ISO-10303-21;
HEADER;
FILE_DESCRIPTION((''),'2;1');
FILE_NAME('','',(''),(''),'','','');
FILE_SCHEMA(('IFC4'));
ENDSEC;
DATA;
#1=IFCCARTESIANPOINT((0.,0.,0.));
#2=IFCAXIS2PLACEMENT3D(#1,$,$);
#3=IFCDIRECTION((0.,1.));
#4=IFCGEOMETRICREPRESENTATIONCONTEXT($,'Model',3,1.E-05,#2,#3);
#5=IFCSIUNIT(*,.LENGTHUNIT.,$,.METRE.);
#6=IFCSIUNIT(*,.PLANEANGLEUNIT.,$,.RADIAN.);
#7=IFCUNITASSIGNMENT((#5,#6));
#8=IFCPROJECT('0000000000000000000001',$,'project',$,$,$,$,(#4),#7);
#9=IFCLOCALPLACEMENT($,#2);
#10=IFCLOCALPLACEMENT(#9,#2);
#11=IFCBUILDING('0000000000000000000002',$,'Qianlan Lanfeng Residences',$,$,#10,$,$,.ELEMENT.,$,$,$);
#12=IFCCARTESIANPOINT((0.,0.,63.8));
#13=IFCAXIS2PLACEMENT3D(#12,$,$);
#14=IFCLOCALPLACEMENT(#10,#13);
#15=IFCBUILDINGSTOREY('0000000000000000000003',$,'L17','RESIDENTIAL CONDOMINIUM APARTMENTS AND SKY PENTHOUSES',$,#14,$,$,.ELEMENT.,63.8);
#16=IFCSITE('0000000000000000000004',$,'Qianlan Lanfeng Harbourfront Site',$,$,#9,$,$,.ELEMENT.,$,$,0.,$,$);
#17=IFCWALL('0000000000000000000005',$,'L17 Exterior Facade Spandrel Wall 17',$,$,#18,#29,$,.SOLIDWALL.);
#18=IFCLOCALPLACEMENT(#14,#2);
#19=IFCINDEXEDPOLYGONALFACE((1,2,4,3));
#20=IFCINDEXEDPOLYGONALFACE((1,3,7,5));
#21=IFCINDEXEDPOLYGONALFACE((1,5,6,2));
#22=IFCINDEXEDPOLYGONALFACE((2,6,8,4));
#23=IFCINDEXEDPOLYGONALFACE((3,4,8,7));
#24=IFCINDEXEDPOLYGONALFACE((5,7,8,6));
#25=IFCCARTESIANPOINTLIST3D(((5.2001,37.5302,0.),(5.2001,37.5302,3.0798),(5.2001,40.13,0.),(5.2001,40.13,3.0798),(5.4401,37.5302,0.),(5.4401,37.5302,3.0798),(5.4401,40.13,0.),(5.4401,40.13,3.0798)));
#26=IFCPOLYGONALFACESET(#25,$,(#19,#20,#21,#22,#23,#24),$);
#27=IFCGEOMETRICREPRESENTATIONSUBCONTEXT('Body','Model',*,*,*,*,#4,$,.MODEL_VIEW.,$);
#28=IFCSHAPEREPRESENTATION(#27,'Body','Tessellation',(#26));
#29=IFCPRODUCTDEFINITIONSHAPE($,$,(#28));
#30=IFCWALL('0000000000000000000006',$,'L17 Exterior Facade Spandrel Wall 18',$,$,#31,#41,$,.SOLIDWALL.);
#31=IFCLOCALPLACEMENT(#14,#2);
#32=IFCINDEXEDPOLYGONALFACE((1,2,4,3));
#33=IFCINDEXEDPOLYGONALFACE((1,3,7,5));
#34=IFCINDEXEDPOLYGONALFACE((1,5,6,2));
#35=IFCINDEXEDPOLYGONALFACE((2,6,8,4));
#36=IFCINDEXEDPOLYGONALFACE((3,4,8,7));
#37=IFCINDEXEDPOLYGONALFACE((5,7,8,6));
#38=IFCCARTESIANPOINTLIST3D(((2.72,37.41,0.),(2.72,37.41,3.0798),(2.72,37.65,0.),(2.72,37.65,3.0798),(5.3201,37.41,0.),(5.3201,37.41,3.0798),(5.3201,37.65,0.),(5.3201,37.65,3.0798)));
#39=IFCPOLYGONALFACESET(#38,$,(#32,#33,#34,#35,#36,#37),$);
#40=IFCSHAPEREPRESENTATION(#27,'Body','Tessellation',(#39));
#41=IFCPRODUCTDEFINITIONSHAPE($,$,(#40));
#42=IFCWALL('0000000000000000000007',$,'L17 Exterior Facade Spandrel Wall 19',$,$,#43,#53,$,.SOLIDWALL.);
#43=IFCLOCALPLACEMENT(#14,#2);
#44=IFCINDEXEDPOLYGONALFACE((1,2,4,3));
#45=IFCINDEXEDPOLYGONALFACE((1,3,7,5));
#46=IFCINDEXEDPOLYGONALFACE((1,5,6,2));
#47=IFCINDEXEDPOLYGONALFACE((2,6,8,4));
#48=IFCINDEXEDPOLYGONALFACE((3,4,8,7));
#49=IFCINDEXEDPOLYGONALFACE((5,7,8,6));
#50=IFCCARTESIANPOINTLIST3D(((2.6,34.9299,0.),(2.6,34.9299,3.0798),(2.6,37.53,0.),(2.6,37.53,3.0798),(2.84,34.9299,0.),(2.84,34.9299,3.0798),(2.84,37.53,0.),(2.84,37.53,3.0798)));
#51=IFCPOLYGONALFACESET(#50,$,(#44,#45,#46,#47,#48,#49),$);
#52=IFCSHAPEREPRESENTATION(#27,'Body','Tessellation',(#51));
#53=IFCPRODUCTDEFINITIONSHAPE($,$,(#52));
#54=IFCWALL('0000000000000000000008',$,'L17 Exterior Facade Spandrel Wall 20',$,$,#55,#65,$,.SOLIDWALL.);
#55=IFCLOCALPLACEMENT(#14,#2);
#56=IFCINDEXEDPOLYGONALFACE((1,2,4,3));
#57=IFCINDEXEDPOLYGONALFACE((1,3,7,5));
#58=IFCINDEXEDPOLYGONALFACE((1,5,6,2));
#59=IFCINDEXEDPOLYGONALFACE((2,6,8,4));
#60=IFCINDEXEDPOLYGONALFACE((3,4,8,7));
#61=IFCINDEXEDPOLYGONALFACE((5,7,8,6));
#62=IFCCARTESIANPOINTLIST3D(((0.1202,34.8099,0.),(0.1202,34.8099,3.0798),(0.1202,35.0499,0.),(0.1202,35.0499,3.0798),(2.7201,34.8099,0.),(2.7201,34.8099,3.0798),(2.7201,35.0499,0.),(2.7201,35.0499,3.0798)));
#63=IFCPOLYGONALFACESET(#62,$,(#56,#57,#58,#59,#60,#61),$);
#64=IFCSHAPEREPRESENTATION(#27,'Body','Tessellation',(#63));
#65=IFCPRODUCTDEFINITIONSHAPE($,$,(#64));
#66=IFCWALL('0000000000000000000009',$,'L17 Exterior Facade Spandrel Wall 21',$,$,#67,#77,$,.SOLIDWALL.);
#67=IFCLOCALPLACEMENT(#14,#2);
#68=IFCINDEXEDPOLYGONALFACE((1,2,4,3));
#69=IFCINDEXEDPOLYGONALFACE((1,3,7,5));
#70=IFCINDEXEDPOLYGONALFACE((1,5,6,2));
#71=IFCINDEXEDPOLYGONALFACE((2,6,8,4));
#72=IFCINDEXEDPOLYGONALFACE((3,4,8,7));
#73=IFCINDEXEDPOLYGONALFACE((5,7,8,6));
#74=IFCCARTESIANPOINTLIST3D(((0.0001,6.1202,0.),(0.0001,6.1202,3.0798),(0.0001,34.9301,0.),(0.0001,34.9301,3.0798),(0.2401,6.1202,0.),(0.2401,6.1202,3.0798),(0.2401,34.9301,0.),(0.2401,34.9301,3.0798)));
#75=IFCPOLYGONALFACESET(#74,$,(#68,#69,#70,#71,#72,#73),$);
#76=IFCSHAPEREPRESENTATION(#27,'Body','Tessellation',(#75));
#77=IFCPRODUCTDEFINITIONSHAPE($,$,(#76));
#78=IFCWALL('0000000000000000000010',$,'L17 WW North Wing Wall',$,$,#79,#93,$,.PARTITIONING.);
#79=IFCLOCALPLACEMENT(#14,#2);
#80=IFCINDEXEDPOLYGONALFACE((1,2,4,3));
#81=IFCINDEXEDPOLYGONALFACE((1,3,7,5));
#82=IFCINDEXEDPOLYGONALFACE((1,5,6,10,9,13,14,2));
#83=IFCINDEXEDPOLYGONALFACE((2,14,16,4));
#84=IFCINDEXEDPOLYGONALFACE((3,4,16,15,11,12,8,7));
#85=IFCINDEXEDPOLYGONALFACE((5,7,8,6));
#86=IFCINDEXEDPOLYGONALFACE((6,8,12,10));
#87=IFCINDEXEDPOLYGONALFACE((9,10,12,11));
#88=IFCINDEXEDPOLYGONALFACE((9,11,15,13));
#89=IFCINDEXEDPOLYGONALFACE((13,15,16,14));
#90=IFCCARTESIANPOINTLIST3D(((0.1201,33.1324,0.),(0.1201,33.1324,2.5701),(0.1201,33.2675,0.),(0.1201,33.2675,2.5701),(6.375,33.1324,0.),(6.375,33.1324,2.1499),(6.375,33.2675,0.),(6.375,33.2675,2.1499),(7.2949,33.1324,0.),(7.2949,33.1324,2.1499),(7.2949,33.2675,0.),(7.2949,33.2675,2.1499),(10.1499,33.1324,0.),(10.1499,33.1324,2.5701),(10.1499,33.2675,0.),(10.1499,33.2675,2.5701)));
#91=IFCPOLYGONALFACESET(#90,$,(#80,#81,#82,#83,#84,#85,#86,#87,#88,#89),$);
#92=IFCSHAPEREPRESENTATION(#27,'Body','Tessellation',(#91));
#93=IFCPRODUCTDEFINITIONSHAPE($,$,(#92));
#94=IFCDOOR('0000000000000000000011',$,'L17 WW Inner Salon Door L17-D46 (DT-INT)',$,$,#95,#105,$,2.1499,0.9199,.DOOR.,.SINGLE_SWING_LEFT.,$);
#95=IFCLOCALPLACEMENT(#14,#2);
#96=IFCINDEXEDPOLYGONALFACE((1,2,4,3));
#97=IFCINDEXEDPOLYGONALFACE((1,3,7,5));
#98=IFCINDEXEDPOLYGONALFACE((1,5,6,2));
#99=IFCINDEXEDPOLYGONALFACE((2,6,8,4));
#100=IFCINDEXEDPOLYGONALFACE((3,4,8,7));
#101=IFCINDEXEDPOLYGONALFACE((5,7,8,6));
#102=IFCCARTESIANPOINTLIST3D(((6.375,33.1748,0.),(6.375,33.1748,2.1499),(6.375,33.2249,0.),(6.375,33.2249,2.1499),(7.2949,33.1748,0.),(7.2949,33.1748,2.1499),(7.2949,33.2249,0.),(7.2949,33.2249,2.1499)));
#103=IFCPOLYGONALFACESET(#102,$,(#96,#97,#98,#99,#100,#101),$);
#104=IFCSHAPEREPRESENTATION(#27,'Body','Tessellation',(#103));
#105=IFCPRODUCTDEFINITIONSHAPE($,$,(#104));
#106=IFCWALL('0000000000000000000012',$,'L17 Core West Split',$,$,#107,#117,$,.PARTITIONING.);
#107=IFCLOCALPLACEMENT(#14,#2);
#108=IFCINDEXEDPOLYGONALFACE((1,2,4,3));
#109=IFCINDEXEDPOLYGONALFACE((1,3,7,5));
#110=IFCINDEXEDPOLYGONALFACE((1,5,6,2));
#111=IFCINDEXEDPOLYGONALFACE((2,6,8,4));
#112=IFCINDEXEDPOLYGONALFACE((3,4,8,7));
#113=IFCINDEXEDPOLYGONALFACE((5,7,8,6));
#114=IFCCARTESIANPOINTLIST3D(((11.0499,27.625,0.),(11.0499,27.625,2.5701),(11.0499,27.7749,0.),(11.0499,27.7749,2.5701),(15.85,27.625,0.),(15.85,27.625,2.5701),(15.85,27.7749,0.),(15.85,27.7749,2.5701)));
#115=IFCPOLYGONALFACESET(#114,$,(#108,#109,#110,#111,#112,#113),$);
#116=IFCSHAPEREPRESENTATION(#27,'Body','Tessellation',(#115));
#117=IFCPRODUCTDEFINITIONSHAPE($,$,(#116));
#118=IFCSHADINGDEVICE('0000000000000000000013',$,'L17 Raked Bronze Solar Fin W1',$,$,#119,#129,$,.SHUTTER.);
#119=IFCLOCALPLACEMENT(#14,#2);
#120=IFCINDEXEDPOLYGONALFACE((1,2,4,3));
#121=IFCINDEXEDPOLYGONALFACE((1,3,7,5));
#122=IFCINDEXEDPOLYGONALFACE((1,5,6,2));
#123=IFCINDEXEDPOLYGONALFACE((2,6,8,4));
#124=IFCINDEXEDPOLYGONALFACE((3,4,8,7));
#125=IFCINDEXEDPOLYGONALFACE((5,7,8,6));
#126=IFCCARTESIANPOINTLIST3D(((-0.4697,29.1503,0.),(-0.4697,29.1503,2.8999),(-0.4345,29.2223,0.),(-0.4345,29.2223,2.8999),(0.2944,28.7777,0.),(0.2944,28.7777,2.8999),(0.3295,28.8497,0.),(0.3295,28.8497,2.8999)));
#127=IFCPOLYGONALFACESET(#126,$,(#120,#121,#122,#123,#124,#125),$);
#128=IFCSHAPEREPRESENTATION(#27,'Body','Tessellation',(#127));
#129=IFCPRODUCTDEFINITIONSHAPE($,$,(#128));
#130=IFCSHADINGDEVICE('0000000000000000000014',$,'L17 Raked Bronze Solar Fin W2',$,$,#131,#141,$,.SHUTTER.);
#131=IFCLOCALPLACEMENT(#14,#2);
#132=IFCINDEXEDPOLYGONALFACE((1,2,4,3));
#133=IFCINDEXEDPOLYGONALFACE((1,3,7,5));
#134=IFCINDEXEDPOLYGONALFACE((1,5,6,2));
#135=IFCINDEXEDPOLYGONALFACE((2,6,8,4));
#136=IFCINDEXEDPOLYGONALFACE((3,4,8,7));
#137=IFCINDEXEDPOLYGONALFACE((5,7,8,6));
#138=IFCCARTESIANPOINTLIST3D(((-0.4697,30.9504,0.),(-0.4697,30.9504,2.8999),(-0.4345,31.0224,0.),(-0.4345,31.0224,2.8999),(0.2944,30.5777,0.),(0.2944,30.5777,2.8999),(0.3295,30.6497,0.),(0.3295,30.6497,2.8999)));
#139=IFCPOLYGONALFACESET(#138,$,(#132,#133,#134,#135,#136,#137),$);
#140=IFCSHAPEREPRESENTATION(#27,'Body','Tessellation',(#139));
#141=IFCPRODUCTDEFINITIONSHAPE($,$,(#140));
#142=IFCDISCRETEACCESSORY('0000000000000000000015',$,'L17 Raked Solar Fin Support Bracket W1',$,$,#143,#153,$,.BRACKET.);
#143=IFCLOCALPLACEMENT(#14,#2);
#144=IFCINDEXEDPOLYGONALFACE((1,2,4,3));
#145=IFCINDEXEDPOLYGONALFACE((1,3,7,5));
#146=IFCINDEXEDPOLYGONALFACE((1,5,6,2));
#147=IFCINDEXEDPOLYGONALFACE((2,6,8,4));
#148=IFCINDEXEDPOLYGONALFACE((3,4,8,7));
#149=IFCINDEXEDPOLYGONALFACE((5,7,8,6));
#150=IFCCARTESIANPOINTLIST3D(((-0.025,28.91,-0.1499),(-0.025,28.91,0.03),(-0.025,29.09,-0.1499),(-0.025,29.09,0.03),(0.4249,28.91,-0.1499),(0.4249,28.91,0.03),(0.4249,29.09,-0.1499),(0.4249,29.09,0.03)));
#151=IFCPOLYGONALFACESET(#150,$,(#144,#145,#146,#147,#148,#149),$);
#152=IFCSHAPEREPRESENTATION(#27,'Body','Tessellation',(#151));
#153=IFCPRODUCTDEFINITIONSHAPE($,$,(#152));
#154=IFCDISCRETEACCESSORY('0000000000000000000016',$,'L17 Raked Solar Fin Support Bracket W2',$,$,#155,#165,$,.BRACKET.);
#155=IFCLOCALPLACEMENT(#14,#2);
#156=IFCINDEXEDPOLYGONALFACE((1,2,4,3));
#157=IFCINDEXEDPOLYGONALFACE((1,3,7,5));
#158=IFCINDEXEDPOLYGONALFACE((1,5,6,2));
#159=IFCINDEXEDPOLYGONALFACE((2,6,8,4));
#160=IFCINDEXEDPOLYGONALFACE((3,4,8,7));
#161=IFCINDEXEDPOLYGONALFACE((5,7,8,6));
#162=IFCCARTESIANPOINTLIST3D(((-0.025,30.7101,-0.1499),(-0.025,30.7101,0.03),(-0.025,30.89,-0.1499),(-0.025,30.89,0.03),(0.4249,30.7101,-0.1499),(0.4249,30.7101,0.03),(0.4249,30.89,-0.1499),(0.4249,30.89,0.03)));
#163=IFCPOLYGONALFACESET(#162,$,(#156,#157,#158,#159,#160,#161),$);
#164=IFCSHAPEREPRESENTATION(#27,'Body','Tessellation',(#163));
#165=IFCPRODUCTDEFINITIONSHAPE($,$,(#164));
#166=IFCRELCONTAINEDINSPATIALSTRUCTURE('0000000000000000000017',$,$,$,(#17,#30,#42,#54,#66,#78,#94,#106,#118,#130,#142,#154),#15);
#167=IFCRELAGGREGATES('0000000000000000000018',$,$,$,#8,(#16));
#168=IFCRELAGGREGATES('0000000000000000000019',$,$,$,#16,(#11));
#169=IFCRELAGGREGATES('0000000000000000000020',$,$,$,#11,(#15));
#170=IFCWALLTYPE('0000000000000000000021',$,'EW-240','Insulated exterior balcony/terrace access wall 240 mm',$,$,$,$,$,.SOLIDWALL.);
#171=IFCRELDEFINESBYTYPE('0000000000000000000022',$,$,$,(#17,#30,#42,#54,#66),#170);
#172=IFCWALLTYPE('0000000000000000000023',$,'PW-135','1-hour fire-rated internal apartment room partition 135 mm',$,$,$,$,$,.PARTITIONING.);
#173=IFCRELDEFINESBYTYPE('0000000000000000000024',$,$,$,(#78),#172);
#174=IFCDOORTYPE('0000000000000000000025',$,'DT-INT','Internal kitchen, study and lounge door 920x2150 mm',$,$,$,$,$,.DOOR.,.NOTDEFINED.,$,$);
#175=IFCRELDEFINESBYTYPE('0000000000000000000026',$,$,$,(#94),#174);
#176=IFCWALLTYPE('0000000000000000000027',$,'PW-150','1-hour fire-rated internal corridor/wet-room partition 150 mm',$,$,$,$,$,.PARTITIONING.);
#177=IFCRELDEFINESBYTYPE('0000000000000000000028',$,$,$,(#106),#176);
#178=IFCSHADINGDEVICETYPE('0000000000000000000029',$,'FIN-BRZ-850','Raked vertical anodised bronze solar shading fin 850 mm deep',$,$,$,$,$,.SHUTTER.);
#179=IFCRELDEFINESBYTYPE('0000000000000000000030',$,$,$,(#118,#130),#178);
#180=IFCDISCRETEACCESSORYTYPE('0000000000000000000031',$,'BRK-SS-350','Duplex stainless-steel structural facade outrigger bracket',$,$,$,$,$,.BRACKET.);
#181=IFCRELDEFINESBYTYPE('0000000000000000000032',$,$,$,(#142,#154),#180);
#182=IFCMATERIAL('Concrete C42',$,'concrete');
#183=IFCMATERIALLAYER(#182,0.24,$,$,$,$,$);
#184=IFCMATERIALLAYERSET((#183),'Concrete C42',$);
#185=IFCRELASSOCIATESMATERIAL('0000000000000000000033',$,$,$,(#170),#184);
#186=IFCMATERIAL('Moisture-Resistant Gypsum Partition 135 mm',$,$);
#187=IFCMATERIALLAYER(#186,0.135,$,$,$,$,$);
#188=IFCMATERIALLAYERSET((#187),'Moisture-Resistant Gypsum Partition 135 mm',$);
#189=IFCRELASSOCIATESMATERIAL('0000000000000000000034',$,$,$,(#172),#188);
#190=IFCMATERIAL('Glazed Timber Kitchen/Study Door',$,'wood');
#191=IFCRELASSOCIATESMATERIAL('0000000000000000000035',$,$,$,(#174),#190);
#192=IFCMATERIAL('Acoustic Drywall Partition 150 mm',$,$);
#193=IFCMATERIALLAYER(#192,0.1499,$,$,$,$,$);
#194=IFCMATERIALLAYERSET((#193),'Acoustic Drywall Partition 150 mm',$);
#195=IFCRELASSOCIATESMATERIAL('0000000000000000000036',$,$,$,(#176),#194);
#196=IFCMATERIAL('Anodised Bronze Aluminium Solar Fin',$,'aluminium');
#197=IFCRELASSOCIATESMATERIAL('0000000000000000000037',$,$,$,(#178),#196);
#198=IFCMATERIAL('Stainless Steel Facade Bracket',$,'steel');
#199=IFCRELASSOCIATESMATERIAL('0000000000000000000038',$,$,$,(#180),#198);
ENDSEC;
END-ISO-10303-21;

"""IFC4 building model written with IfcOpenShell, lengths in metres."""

from ifc_helpers import new_model, si_unit, direction, frame, frame_2d, origin, origin_2d, place, context, subcontext, project, spatial, rectangle, extrude, source, transform, mapped, material, layer, layer_set, type_object, element, fill, save


model = new_model("IFC4")

# Units and contexts
model_context = context("Model", 3, precision=1e-05, world=origin(), true_north=direction((0.0, 1.0)))
body_context = subcontext(model_context, "Body", "Model", "MODEL_VIEW")
ifc_project = project(units=[si_unit("LENGTHUNIT", "METRE"), si_unit("PLANEANGLEUNIT", "RADIAN")], contexts=[model_context])

# Site, building, storey
site_placement = place(None, origin())
site = spatial("IfcSite", under=ifc_project, at=site_placement, Name="Qianlan Lanfeng Harbourfront Site", CompositionType="ELEMENT", RefElevation=0.0)
building_placement = place(site_placement, origin())
building = spatial("IfcBuilding", under=site, at=building_placement, Name="Qianlan Lanfeng Residences", CompositionType="ELEMENT")
storey_placement = place(building_placement, frame((0.0, 0.0, 63.8)))
storey = spatial("IfcBuildingStorey", under=building, at=storey_placement, Name="L17", Description="RESIDENTIAL CONDOMINIUM APARTMENTS AND SKY PENTHOUSES", CompositionType="ELEMENT", Elevation=63.8)

# Walls
ifc_material_1 = material(Name="Concrete C42", Category="concrete")
ifc_layer_1 = layer(ifc_material_1, 0.24)
ifc_layer_set_1 = layer_set([ifc_layer_1], Name="Concrete C42")
wall_type_1 = type_object("IfcWallType", Name="EW-240", Description="Insulated exterior balcony/terrace access wall 240 mm", PredefinedType="SOLIDWALL", material=ifc_layer_set_1)
wall_1_placement = place(storey_placement, frame((5.3201, 40.1299, 0.0), z_axis=(0.0, 0.0, 1.0), x_axis=(0.0, -1.0, 0.0)))
element("IfcWall", 1, at=wall_1_placement, inside=storey, type_object=wall_type_1, Name="L17 Exterior Facade Spandrel Wall 17", PredefinedType="SOLIDWALL", context=body_context, shape_type="SweptSolid", body=[
    extrude(rectangle(XDim=2.5999, YDim=0.24, at=frame_2d((1.2998, 0.0))), origin(), (0.0, 0.0, 1.0), 3.0798),
])
for number, where, z_axis, x_axis, name in (
    (2, (5.3201, 37.53, 0.0), (0.0, 0.0, 1.0), (-1.0, 0.0, 0.0), "L17 Exterior Facade Spandrel Wall 18"),
    (3, (2.72, 37.53, 0.0), (0.0, 0.0, 1.0), (0.0, -1.0, 0.0), "L17 Exterior Facade Spandrel Wall 19"),
):
    element("IfcWall", number, at=place(storey_placement, frame(where, z_axis=z_axis, x_axis=x_axis)), inside=storey, type_object=wall_type_1, Name=name, PredefinedType="SOLIDWALL", context=body_context, shape_type="SweptSolid", body=[
        extrude(rectangle(XDim=2.6001, YDim=0.24, at=frame_2d((1.3, 0.0))), origin(), (0.0, 0.0, 1.0), 3.0798),
    ])
wall_2_placement = place(storey_placement, frame((2.72, 34.9299, 0.0), z_axis=(0.0, 0.0, 1.0), x_axis=(-1.0, 0.0, 0.0)))
element("IfcWall", 4, at=wall_2_placement, inside=storey, type_object=wall_type_1, Name="L17 Exterior Facade Spandrel Wall 20", PredefinedType="SOLIDWALL", context=body_context, shape_type="SweptSolid", body=[
    extrude(rectangle(XDim=2.5999, YDim=0.24, at=frame_2d((1.2998, 0.0))), origin(), (0.0, 0.0, 1.0), 3.0798),
])
wall_3_placement = place(storey_placement, frame((0.1201, 34.9299, 0.0), z_axis=(0.0, 0.0, 1.0), x_axis=(0.0, -1.0, 0.0)))
element("IfcWall", 5, at=wall_3_placement, inside=storey, type_object=wall_type_1, Name="L17 Exterior Facade Spandrel Wall 21", PredefinedType="SOLIDWALL", context=body_context, shape_type="SweptSolid", body=[
    extrude(rectangle(XDim=28.8098, YDim=0.24, at=frame_2d((14.4048, 0.0))), origin(), (0.0, 0.0, 1.0), 3.0798),
])

# Wall, opening, door
ifc_material_2 = material(Name="Moisture-Resistant Gypsum Partition 135 mm")
ifc_layer_2 = layer(ifc_material_2, 0.135)
ifc_layer_set_2 = layer_set([ifc_layer_2], Name="Moisture-Resistant Gypsum Partition 135 mm")
wall_type_2 = type_object("IfcWallType", Name="PW-135", Description="1-hour fire-rated internal apartment room partition 135 mm", PredefinedType="PARTITIONING", material=ifc_layer_set_2)
wall_4_placement = place(storey_placement, frame((0.1201, 33.2, 0.0), z_axis=(0.0, 0.0, 1.0), x_axis=(1.0, 0.0, 0.0)))
wall_4 = element("IfcWall", 6, at=wall_4_placement, inside=storey, type_object=wall_type_2, Name="L17 WW North Wing Wall", PredefinedType="PARTITIONING", context=body_context, shape_type="SweptSolid", body=[
    extrude(rectangle(XDim=10.0298, YDim=0.135, at=frame_2d((5.0149, 0.0))), origin(), (0.0, 0.0, 1.0), 2.5701),
])
opening_1_placement = place(wall_4_placement, frame((6.2549, 0.0, 0.0)))
opening_1 = element("IfcOpeningElement", 7, at=opening_1_placement, cuts=wall_4, PredefinedType="OPENING", context=body_context, shape_type="SweptSolid", body=[
    extrude(rectangle(XDim=0.9199, YDim=2.1499, at=frame_2d((0.46, 1.075))), frame((0.0, 0.0776, 0.0), z_axis=(0.0, -1.0, 0.0), x_axis=(1.0, 0.0, 0.0)), (0.0, 0.0, 1.0), 0.155),
])
ifc_material_3 = material(Name="Glazed Timber Kitchen/Study Door", Category="wood")
door_type_1 = type_object("IfcDoorType", Name="DT-INT", Description="Internal kitchen, study and lounge door 920x2150 mm", OperationType="NOTDEFINED", PredefinedType="DOOR", material=ifc_material_3)
door_1_placement = place(opening_1_placement, origin())
door_1 = element("IfcDoor", 8, at=door_1_placement, inside=storey, type_object=door_type_1, Name="L17 WW Inner Salon Door L17-D46 (DT-INT)", OperationType="SINGLE_SWING_LEFT", OverallHeight=2.1499, OverallWidth=0.9199, PredefinedType="DOOR", context=body_context, shape_type="SweptSolid", body=[
    extrude(rectangle(XDim=0.9199, YDim=2.1499, at=frame_2d((0.46, 1.075))), frame((0.0, 0.0249, 0.0), z_axis=(0.0, -1.0, 0.0), x_axis=(1.0, 0.0, 0.0)), (0.0, 0.0, 1.0), 0.05),
])
fill(opening_1, door_1)

# Wall
ifc_material_4 = material(Name="Acoustic Drywall Partition 150 mm")
ifc_layer_3 = layer(ifc_material_4, 0.1499)
ifc_layer_set_3 = layer_set([ifc_layer_3], Name="Acoustic Drywall Partition 150 mm")
wall_type_3 = type_object("IfcWallType", Name="PW-150", Description="1-hour fire-rated internal corridor/wet-room partition 150 mm", PredefinedType="PARTITIONING", material=ifc_layer_set_3)
wall_5_placement = place(storey_placement, frame((11.05, 27.7, 0.0), z_axis=(0.0, 0.0, 1.0), x_axis=(1.0, 0.0, 0.0)))
element("IfcWall", 9, at=wall_5_placement, inside=storey, type_object=wall_type_3, Name="L17 Core West Split", PredefinedType="PARTITIONING", context=body_context, shape_type="SweptSolid", body=[
    extrude(rectangle(XDim=4.8, YDim=0.1499, at=frame_2d((2.3999, 0.0))), origin(), (0.0, 0.0, 1.0), 2.5701),
])

# Shading devices
ifc_material_5 = material(Name="Anodised Bronze Aluminium Solar Fin", Category="aluminium")
shading_device_type = type_object("IfcShadingDeviceType", Name="FIN-BRZ-850", Description="Raked vertical anodised bronze solar shading fin 850 mm deep", PredefinedType="SHUTTER", material=ifc_material_5)
shared_shape_1 = source(origin(), body_context, "Body", "SweptSolid", [
    extrude(rectangle(XDim=0.8501, YDim=0.0801, at=origin_2d()), origin(), (0.0, 0.0, 1.0), 2.8999),
])
for number, where, z_axis, x_axis, name in (
    (10, (-0.0701, 29.0, 0.0), (0.0, 0.0, 1.0), (0.898794, -0.438371, 0.0), "L17 Raked Bronze Solar Fin W1"),
    (11, (-0.0701, 30.8, 0.0), (0.0, 0.0, 1.0), (0.898794, -0.438371, 0.0), "L17 Raked Bronze Solar Fin W2"),
):
    element("IfcShadingDevice", number, at=place(storey_placement, frame(where, z_axis=z_axis, x_axis=x_axis)), inside=storey, type_object=shading_device_type, Name=name, PredefinedType="SHUTTER", context=body_context, shape_type="MappedRepresentation", body=[
        mapped(shared_shape_1, transform((0.0, 0.0, 0.0), scale=1.0)),
    ])

# Discrete accessories
ifc_material_6 = material(Name="Stainless Steel Facade Bracket", Category="steel")
discrete_accessory_type = type_object("IfcDiscreteAccessoryType", Name="BRK-SS-350", Description="Duplex stainless-steel structural facade outrigger bracket", PredefinedType="BRACKET", material=ifc_material_6)
shared_shape_2 = source(origin(), body_context, "Body", "SweptSolid", [
    extrude(rectangle(XDim=0.45, YDim=0.1799, at=origin_2d()), origin(), (0.0, 0.0, 1.0), 0.1799),
])
for number, where, z_axis, x_axis, name in (
    (12, (0.2, 29.0, -0.1499), (0.0, 0.0, 1.0), (1.0, 0.0, 0.0), "L17 Raked Solar Fin Support Bracket W1"),
    (13, (0.2, 30.8, -0.1499), (0.0, 0.0, 1.0), (1.0, 0.0, 0.0), "L17 Raked Solar Fin Support Bracket W2"),
):
    element("IfcDiscreteAccessory", number, at=place(storey_placement, frame(where, z_axis=z_axis, x_axis=x_axis)), inside=storey, type_object=discrete_accessory_type, Name=name, PredefinedType="BRACKET", context=body_context, shape_type="MappedRepresentation", body=[
        mapped(shared_shape_2, transform((0.0, 0.0, 0.0), scale=1.0)),
    ])

save(model, "model.ifc")
